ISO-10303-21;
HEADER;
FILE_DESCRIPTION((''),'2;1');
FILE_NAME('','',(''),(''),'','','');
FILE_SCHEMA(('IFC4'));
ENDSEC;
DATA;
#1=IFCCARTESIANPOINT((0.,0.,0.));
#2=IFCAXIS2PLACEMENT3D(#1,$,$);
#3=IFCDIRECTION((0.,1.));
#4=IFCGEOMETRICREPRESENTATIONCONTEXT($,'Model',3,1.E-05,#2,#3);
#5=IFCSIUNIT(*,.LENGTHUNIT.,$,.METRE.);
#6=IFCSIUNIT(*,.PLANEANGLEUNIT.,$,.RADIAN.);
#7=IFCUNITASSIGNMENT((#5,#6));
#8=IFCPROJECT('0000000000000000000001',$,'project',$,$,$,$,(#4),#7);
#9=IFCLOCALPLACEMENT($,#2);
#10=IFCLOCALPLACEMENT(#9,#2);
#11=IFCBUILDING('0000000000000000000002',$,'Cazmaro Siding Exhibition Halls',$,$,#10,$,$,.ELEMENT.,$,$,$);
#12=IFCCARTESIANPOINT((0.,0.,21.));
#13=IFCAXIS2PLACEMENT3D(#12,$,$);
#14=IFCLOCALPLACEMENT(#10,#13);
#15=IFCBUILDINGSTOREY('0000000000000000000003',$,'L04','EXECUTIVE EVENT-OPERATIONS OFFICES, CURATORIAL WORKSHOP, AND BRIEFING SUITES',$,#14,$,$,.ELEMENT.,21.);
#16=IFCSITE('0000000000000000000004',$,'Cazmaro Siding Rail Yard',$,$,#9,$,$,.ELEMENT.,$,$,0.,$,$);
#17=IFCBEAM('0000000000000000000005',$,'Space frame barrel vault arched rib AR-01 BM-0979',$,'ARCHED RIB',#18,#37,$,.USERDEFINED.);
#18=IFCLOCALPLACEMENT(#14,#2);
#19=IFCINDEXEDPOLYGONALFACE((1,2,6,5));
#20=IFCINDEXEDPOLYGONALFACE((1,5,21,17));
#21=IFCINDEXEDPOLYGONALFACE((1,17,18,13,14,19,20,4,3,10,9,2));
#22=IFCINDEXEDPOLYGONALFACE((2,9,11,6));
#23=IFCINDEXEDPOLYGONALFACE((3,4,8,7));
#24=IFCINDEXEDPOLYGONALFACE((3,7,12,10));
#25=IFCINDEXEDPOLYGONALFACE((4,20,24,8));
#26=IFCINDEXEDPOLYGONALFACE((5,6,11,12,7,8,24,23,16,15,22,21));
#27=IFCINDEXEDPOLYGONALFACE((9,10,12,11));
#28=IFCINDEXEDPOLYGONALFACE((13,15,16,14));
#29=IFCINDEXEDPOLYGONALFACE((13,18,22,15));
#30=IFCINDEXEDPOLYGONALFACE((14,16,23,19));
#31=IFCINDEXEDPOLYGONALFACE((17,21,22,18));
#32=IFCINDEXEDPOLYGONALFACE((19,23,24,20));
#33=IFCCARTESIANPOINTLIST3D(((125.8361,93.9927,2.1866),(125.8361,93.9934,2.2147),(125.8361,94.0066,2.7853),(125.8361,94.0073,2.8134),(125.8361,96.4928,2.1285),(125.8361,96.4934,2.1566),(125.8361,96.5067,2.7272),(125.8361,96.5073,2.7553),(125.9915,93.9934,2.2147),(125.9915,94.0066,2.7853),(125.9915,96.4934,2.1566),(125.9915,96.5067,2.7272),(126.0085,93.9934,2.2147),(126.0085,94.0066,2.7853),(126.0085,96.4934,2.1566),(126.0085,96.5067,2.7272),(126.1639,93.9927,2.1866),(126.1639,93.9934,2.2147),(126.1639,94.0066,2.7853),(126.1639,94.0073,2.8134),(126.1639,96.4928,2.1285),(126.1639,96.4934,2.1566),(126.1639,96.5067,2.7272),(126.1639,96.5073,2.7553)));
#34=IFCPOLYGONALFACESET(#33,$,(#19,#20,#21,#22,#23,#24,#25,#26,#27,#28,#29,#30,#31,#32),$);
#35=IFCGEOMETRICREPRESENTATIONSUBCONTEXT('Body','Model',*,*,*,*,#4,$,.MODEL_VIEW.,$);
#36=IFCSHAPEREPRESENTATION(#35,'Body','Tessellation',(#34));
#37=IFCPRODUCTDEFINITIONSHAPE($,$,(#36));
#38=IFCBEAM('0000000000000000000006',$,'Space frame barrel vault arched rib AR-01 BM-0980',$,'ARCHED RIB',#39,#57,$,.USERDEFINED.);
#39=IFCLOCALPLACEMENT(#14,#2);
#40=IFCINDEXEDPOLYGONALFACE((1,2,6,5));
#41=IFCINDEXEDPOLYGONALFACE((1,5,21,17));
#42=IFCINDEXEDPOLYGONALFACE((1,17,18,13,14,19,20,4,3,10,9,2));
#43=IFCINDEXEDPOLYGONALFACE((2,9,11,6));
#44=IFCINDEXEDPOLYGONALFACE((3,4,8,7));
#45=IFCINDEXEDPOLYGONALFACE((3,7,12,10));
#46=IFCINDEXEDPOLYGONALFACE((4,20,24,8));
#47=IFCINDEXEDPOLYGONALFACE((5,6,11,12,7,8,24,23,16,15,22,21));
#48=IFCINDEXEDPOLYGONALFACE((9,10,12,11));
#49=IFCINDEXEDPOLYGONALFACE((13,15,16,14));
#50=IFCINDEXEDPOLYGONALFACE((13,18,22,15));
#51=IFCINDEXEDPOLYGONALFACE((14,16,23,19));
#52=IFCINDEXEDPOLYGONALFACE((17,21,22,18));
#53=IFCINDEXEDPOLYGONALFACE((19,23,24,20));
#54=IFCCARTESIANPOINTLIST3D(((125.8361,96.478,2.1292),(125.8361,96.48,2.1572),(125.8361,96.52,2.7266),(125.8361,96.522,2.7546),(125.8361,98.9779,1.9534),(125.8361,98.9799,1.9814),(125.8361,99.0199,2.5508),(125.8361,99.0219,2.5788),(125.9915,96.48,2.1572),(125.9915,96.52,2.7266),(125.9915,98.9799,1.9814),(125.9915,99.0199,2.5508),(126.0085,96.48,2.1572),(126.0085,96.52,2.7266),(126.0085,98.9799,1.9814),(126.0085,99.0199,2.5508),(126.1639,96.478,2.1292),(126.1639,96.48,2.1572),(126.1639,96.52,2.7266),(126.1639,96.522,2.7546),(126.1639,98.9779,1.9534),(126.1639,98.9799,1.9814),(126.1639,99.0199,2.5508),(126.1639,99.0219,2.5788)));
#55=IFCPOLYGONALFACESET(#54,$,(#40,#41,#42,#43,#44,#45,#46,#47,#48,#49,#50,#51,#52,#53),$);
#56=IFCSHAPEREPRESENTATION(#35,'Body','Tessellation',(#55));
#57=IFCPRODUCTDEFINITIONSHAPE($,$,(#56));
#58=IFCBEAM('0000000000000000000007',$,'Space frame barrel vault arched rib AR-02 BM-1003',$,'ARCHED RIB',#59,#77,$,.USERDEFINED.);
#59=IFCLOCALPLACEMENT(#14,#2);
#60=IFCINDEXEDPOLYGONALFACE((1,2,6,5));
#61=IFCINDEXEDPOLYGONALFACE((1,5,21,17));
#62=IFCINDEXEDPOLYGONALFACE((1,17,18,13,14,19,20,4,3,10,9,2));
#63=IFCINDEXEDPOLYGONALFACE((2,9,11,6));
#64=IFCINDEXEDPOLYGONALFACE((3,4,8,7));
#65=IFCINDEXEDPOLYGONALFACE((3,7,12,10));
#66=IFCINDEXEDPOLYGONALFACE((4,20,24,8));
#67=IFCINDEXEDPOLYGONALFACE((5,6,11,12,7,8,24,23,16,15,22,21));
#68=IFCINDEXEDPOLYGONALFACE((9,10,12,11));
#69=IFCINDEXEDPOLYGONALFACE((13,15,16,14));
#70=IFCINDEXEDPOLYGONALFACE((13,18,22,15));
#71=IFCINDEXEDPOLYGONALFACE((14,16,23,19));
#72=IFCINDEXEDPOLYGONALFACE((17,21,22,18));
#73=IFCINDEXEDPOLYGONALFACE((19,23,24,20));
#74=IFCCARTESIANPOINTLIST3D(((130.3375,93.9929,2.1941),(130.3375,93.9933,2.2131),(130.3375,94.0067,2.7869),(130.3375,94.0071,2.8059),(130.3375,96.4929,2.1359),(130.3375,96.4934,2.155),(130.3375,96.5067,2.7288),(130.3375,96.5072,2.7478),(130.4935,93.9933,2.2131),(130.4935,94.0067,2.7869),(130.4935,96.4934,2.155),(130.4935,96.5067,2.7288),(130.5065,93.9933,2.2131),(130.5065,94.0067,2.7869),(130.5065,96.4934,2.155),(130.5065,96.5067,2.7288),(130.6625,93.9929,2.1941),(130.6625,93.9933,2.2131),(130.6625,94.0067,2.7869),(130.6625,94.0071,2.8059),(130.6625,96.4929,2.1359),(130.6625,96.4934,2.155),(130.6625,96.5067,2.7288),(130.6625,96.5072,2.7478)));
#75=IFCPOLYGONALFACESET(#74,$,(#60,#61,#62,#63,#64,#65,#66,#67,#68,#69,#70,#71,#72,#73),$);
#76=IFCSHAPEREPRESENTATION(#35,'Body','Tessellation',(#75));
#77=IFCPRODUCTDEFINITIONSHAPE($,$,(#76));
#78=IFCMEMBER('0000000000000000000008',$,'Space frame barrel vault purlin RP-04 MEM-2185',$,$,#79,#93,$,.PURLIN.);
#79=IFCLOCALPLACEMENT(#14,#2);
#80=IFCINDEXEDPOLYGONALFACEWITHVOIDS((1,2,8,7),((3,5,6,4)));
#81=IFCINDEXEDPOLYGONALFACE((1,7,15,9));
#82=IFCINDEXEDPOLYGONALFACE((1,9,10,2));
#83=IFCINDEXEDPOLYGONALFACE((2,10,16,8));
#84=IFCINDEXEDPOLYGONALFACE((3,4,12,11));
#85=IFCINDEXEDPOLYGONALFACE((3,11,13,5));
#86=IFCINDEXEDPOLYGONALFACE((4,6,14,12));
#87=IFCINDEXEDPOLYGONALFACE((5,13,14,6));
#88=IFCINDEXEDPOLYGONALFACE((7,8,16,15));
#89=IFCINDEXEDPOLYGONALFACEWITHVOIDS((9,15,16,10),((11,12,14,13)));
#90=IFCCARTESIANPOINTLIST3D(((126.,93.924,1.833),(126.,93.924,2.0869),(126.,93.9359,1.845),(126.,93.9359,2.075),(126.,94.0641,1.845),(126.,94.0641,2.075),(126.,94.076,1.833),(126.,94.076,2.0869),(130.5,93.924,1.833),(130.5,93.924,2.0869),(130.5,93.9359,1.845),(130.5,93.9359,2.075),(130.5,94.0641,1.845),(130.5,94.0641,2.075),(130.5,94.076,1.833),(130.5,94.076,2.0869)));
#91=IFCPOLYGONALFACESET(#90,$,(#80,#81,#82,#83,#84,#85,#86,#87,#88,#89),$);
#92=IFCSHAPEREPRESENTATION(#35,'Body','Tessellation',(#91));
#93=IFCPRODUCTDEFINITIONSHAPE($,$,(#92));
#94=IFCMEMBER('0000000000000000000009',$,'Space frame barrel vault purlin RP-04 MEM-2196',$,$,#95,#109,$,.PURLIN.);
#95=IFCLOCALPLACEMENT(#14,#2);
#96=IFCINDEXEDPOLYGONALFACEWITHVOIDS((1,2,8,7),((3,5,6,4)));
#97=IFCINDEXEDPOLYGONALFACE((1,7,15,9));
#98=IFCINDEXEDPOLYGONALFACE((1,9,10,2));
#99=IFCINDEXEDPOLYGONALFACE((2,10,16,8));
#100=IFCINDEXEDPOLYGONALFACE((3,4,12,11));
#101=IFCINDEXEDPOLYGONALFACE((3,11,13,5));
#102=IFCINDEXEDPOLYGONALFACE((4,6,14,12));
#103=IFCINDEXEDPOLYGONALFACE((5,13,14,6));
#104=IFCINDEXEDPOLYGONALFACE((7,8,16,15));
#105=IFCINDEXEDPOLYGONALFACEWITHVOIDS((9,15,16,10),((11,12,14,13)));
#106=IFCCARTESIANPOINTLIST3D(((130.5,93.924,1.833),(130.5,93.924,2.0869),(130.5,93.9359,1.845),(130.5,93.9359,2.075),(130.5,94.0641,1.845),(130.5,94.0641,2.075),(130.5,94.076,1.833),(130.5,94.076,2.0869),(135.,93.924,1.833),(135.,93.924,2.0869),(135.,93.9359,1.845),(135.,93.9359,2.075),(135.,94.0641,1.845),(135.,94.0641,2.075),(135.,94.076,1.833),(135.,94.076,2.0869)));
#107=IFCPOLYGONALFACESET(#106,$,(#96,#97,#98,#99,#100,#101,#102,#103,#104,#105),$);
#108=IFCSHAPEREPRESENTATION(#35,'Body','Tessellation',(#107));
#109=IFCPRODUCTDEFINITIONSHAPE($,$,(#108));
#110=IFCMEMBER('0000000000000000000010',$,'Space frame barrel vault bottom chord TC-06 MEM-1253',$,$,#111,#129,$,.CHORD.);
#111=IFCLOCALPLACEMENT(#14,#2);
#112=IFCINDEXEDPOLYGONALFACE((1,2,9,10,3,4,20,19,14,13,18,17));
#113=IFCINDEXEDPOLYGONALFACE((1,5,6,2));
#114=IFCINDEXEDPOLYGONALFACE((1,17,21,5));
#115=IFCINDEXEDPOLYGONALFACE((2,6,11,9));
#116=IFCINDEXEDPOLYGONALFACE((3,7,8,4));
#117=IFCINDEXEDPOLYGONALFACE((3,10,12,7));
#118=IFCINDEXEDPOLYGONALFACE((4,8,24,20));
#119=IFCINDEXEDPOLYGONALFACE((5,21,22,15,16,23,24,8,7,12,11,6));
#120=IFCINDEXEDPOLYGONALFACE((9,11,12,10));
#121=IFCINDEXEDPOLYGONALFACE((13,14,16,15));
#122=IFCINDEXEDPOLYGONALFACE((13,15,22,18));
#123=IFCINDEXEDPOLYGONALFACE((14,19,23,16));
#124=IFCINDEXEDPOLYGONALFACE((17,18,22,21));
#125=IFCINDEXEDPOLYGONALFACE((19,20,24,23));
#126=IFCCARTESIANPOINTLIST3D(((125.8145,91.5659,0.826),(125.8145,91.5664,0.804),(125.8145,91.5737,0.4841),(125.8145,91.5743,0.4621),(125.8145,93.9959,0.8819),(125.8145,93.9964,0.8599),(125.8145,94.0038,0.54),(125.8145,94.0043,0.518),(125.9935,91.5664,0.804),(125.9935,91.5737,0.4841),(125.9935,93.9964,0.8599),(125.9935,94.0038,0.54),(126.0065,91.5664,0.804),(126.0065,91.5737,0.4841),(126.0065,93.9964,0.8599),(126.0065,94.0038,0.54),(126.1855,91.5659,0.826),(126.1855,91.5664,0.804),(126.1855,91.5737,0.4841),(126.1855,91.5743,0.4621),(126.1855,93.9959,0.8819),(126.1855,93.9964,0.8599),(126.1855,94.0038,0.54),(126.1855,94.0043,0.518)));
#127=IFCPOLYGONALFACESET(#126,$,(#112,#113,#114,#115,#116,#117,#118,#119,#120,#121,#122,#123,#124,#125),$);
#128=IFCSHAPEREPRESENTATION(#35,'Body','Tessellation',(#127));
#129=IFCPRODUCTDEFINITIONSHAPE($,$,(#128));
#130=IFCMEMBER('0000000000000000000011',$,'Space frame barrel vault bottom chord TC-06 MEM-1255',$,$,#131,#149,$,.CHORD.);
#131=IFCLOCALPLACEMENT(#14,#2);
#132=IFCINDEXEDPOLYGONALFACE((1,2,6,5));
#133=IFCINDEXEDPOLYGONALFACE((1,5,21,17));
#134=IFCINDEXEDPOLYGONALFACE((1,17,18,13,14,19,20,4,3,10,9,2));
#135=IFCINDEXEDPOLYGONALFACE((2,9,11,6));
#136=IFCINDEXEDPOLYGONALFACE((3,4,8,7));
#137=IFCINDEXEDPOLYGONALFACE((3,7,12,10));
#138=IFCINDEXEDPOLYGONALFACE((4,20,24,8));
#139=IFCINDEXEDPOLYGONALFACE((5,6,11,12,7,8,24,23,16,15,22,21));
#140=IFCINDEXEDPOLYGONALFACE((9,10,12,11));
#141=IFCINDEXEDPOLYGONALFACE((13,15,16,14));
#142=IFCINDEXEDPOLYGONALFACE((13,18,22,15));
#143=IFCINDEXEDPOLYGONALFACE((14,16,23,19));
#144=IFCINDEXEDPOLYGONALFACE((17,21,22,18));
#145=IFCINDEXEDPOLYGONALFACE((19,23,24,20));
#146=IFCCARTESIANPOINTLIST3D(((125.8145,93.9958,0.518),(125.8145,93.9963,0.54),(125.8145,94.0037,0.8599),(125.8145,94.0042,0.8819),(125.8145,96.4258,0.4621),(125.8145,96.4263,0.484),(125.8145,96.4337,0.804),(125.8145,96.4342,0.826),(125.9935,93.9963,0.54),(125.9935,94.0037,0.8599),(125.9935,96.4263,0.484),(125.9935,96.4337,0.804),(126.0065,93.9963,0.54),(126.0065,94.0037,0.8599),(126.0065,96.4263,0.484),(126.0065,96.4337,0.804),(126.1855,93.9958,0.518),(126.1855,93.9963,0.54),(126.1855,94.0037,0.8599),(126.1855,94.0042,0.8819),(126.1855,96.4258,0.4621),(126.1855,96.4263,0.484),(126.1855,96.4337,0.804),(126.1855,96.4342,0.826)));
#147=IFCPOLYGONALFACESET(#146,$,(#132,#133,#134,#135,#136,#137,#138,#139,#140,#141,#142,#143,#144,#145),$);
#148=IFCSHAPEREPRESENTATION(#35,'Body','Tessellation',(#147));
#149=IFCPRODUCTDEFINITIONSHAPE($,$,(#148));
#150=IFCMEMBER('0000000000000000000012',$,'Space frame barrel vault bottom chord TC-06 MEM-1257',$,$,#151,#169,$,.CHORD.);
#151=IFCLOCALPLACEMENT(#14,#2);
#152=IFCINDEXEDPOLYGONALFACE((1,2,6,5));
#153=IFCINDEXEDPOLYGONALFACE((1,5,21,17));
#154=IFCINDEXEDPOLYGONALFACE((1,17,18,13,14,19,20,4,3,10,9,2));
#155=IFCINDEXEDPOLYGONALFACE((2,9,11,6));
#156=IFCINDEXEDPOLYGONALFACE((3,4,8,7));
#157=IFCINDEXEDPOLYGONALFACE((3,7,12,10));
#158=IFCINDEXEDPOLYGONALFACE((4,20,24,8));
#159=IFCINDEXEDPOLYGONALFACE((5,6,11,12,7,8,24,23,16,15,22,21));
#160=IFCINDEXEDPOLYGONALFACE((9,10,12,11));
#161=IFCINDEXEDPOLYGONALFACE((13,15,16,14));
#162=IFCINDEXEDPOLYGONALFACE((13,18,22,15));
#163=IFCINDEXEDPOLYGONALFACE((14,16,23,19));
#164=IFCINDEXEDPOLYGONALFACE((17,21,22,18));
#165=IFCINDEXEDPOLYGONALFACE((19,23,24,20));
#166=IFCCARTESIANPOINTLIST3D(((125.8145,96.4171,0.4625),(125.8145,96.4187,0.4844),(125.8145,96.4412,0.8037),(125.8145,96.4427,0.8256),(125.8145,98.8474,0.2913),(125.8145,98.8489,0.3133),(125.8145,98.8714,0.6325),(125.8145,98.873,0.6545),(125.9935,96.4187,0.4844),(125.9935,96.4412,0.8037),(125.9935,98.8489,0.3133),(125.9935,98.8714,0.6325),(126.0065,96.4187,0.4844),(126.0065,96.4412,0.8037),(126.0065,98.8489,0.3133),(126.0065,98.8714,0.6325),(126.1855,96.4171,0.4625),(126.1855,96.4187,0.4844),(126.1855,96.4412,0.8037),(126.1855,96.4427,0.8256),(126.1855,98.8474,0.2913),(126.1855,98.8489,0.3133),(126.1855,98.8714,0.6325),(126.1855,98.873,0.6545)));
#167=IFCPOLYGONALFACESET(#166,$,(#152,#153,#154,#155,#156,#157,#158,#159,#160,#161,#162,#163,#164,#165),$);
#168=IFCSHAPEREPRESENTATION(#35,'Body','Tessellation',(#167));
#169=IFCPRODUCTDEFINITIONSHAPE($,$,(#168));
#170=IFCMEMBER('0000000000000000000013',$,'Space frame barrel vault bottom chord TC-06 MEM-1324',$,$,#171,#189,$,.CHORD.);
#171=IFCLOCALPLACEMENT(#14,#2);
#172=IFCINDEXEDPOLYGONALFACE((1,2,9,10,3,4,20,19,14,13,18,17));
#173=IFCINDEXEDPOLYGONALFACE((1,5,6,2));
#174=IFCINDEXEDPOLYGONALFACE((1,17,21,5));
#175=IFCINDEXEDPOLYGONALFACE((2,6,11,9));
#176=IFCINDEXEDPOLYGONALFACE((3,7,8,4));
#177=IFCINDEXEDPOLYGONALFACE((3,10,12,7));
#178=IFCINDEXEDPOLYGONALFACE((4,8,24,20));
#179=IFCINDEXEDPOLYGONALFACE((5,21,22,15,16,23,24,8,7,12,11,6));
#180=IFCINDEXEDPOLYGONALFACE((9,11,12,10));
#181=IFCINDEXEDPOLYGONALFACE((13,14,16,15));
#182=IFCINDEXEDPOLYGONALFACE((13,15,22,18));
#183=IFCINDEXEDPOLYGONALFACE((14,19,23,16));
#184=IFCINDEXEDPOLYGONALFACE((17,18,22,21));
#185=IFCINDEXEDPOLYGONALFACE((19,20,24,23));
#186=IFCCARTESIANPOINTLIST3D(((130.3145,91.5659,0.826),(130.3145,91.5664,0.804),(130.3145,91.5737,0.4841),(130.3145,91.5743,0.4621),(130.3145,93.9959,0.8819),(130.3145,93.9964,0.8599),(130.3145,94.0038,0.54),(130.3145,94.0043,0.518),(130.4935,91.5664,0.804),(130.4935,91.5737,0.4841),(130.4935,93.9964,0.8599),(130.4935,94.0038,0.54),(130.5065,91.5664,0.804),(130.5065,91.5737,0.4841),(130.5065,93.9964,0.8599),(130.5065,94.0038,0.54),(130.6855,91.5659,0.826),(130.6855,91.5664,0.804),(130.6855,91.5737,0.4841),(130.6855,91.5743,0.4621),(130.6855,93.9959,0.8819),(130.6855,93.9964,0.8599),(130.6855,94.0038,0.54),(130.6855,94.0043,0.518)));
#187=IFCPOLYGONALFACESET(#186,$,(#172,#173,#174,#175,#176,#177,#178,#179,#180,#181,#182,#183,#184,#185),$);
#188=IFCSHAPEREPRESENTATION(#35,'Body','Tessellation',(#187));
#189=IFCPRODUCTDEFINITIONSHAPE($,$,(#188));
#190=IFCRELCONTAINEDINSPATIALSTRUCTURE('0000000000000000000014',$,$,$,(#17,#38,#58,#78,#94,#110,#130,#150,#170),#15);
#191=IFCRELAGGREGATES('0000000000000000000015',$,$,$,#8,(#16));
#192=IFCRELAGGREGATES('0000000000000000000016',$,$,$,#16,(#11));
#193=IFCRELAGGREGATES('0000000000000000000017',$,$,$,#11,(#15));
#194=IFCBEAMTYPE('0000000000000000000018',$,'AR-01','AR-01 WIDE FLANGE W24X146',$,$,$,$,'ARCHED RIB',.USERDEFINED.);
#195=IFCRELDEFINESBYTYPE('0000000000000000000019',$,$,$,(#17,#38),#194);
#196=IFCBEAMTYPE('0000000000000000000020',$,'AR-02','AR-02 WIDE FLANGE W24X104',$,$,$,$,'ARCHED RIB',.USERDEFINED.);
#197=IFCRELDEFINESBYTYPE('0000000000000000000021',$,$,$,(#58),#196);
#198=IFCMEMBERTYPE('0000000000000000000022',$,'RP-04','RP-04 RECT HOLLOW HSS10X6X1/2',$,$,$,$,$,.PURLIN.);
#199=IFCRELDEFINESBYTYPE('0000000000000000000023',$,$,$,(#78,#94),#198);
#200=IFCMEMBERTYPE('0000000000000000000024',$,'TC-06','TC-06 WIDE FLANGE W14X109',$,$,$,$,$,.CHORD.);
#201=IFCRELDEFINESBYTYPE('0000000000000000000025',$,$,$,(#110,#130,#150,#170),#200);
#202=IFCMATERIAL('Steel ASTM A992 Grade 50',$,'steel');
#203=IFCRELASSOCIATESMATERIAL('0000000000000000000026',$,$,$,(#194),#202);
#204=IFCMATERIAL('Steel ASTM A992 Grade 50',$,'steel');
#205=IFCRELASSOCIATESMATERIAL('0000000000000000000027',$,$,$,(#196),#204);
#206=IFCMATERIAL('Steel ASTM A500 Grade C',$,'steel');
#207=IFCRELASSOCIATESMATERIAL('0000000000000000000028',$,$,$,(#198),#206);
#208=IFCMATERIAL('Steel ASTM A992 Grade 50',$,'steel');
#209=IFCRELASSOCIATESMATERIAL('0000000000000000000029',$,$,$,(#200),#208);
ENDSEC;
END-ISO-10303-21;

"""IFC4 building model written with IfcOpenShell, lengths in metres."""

from ifc_helpers import new_model, si_unit, direction, frame, origin, origin_2d, place, context, subcontext, project, spatial, hollow_rectangle, i_section, extrude, material, material_profile, profile_set, type_object, element, save


model = new_model("IFC4")

# Units and contexts
model_context = context("Model", 3, precision=1e-05, world=origin(), true_north=direction((0.0, 1.0)))
body_context = subcontext(model_context, "Body", "Model", "MODEL_VIEW")
ifc_project = project(units=[si_unit("LENGTHUNIT", "METRE"), si_unit("PLANEANGLEUNIT", "RADIAN")], contexts=[model_context])

# Site, building, storey
site_placement = place(None, origin())
site = spatial("IfcSite", under=ifc_project, at=site_placement, Name="Cazmaro Siding Rail Yard", CompositionType="ELEMENT", RefElevation=0.0)
building_placement = place(site_placement, origin())
building = spatial("IfcBuilding", under=site, at=building_placement, Name="Cazmaro Siding Exhibition Halls", CompositionType="ELEMENT")
storey_placement = place(building_placement, frame((0.0, 0.0, 21.0)))
storey = spatial("IfcBuildingStorey", under=building, at=storey_placement, Name="L04", Description="EXECUTIVE EVENT-OPERATIONS OFFICES, CURATORIAL WORKSHOP, AND BRIEFING SUITES", CompositionType="ELEMENT", Elevation=21.0)

# Beams
ifc_material_1 = material(Name="Steel ASTM A992 Grade 50", Category="steel")
ifc_material_profile_1 = material_profile(ifc_material_1, i_section(OverallWidth=0.3279, OverallDepth=0.627, WebThickness=0.0171, FlangeThickness=0.0281, at=origin_2d()), Name="W24X146")
ifc_profile_set_1 = profile_set([ifc_material_profile_1], Name="Steel ASTM A992 Grade 50")
beam_type_1 = type_object("IfcBeamType", Name="AR-01", Description="AR-01 WIDE FLANGE W24X146", ElementType="ARCHED RIB", PredefinedType="USERDEFINED", material=ifc_profile_set_1)
beam_1_placement = place(storey_placement, frame((126.0, 94.0, 2.5), z_axis=(0.0, 0.99973, -0.023236), x_axis=(-1.0, 0.0, 0.0)))
element("IfcBeam", 1, at=beam_1_placement, inside=storey, type_object=beam_type_1, Name="Space frame barrel vault arched rib AR-01 BM-0979", ObjectType="ARCHED RIB", PredefinedType="USERDEFINED", context=body_context, shape_type="SweptSolid", body=[
    extrude(i_section(OverallWidth=0.3279, OverallDepth=0.627, WebThickness=0.0171, FlangeThickness=0.0281, at=origin_2d()), origin(), (0.0, 0.0, 1.0), 2.5007),
])
beam_2_placement = place(storey_placement, frame((126.0, 96.5, 2.4419), z_axis=(0.0, 0.997537, -0.070139), x_axis=(-1.0, 0.0, 0.0)))
element("IfcBeam", 2, at=beam_2_placement, inside=storey, type_object=beam_type_1, Name="Space frame barrel vault arched rib AR-01 BM-0980", ObjectType="ARCHED RIB", PredefinedType="USERDEFINED", context=body_context, shape_type="SweptSolid", body=[
    extrude(i_section(OverallWidth=0.3279, OverallDepth=0.627, WebThickness=0.0171, FlangeThickness=0.0281, at=origin_2d()), origin(), (0.0, 0.0, 1.0), 2.5061),
])
ifc_material_2 = material(Name="Steel ASTM A992 Grade 50", Category="steel")
ifc_material_profile_2 = material_profile(ifc_material_2, i_section(OverallWidth=0.325, OverallDepth=0.6121, WebThickness=0.0129, FlangeThickness=0.019, at=origin_2d()), Name="W24X104")
ifc_profile_set_2 = profile_set([ifc_material_profile_2], Name="Steel ASTM A992 Grade 50")
beam_type_2 = type_object("IfcBeamType", Name="AR-02", Description="AR-02 WIDE FLANGE W24X104", ElementType="ARCHED RIB", PredefinedType="USERDEFINED", material=ifc_profile_set_2)
beam_3_placement = place(storey_placement, frame((130.5, 94.0, 2.5), z_axis=(0.0, 0.99973, -0.023236), x_axis=(-1.0, 0.0, 0.0)))
element("IfcBeam", 3, at=beam_3_placement, inside=storey, type_object=beam_type_2, Name="Space frame barrel vault arched rib AR-02 BM-1003", ObjectType="ARCHED RIB", PredefinedType="USERDEFINED", context=body_context, shape_type="SweptSolid", body=[
    extrude(i_section(OverallWidth=0.325, OverallDepth=0.6121, WebThickness=0.0129, FlangeThickness=0.019, at=origin_2d()), origin(), (0.0, 0.0, 1.0), 2.5007),
])

# Members
ifc_material_3 = material(Name="Steel ASTM A500 Grade C", Category="steel")
ifc_material_profile_3 = material_profile(ifc_material_3, hollow_rectangle(XDim=0.1521, YDim=0.2539, WallThickness=0.012, at=origin_2d()), Name="HSS10X6X1/2")
ifc_profile_set_3 = profile_set([ifc_material_profile_3], Name="Steel ASTM A500 Grade C")
member_type_1 = type_object("IfcMemberType", Name="RP-04", Description="RP-04 RECT HOLLOW HSS10X6X1/2", PredefinedType="PURLIN", material=ifc_profile_set_3)
for number, where, z_axis, x_axis, name in (
    (4, (126.0, 94.0, 1.96), (1.0, 0.0, 0.0), (0.0, 1.0, 0.0), "Space frame barrel vault purlin RP-04 MEM-2185"),
    (5, (130.5, 94.0, 1.96), (1.0, 0.0, 0.0), (0.0, 1.0, 0.0), "Space frame barrel vault purlin RP-04 MEM-2196"),
):
    element("IfcMember", number, at=place(storey_placement, frame(where, z_axis=z_axis, x_axis=x_axis)), inside=storey, type_object=member_type_1, Name=name, PredefinedType="PURLIN", context=body_context, shape_type="SweptSolid", body=[
        extrude(hollow_rectangle(XDim=0.1521, YDim=0.2539, WallThickness=0.012, at=origin_2d()), origin(), (0.0, 0.0, 1.0), 4.5),
    ])
ifc_material_4 = material(Name="Steel ASTM A992 Grade 50", Category="steel")
ifc_material_profile_4 = material_profile(ifc_material_4, i_section(OverallWidth=0.3711, OverallDepth=0.364, WebThickness=0.0129, FlangeThickness=0.022, at=origin_2d()), Name="W14X109")
ifc_profile_set_4 = profile_set([ifc_material_profile_4], Name="Steel ASTM A992 Grade 50")
member_type_2 = type_object("IfcMemberType", Name="TC-06", Description="TC-06 WIDE FLANGE W14X109", PredefinedType="CHORD", material=ifc_profile_set_4)
for number, where, z_axis, x_axis, name in (
    (6, (126.0, 91.5701, 0.644), (0.0, 0.999735, 0.023002), (-1.0, 0.0, 0.0), "Space frame barrel vault bottom chord TC-06 MEM-1253"),
    (7, (126.0, 94.0, 0.7), (0.0, 0.999735, -0.023002), (-1.0, 0.0, 0.0), "Space frame barrel vault bottom chord TC-06 MEM-1255"),
):
    element("IfcMember", number, at=place(storey_placement, frame(where, z_axis=z_axis, x_axis=x_axis)), inside=storey, type_object=member_type_2, Name=name, PredefinedType="CHORD", context=body_context, shape_type="SweptSolid", body=[
        extrude(i_section(OverallWidth=0.3711, OverallDepth=0.364, WebThickness=0.0129, FlangeThickness=0.022, at=origin_2d()), origin(), (0.0, 0.0, 1.0), 2.4307),
    ])
member_1_placement = place(storey_placement, frame((126.0, 96.4299, 0.644), z_axis=(0.0, 0.997529, -0.07025), x_axis=(-1.0, 0.0, 0.0)))
element("IfcMember", 8, at=member_1_placement, inside=storey, type_object=member_type_2, Name="Space frame barrel vault bottom chord TC-06 MEM-1257", PredefinedType="CHORD", context=body_context, shape_type="SweptSolid", body=[
    extrude(i_section(OverallWidth=0.3711, OverallDepth=0.364, WebThickness=0.0129, FlangeThickness=0.022, at=origin_2d()), origin(), (0.0, 0.0, 1.0), 2.4363),
])
for number, where, z_axis, x_axis, name in (
    (9, (130.5, 91.5701, 0.644), (0.0, 0.999735, 0.023002), (-1.0, 0.0, 0.0), "Space frame barrel vault bottom chord TC-06 MEM-1324"),
):
    element("IfcMember", number, at=place(storey_placement, frame(where, z_axis=z_axis, x_axis=x_axis)), inside=storey, type_object=member_type_2, Name=name, PredefinedType="CHORD", context=body_context, shape_type="SweptSolid", body=[
        extrude(i_section(OverallWidth=0.3711, OverallDepth=0.364, WebThickness=0.0129, FlangeThickness=0.022, at=origin_2d()), origin(), (0.0, 0.0, 1.0), 2.4307),
    ])

save(model, "model.ifc")
